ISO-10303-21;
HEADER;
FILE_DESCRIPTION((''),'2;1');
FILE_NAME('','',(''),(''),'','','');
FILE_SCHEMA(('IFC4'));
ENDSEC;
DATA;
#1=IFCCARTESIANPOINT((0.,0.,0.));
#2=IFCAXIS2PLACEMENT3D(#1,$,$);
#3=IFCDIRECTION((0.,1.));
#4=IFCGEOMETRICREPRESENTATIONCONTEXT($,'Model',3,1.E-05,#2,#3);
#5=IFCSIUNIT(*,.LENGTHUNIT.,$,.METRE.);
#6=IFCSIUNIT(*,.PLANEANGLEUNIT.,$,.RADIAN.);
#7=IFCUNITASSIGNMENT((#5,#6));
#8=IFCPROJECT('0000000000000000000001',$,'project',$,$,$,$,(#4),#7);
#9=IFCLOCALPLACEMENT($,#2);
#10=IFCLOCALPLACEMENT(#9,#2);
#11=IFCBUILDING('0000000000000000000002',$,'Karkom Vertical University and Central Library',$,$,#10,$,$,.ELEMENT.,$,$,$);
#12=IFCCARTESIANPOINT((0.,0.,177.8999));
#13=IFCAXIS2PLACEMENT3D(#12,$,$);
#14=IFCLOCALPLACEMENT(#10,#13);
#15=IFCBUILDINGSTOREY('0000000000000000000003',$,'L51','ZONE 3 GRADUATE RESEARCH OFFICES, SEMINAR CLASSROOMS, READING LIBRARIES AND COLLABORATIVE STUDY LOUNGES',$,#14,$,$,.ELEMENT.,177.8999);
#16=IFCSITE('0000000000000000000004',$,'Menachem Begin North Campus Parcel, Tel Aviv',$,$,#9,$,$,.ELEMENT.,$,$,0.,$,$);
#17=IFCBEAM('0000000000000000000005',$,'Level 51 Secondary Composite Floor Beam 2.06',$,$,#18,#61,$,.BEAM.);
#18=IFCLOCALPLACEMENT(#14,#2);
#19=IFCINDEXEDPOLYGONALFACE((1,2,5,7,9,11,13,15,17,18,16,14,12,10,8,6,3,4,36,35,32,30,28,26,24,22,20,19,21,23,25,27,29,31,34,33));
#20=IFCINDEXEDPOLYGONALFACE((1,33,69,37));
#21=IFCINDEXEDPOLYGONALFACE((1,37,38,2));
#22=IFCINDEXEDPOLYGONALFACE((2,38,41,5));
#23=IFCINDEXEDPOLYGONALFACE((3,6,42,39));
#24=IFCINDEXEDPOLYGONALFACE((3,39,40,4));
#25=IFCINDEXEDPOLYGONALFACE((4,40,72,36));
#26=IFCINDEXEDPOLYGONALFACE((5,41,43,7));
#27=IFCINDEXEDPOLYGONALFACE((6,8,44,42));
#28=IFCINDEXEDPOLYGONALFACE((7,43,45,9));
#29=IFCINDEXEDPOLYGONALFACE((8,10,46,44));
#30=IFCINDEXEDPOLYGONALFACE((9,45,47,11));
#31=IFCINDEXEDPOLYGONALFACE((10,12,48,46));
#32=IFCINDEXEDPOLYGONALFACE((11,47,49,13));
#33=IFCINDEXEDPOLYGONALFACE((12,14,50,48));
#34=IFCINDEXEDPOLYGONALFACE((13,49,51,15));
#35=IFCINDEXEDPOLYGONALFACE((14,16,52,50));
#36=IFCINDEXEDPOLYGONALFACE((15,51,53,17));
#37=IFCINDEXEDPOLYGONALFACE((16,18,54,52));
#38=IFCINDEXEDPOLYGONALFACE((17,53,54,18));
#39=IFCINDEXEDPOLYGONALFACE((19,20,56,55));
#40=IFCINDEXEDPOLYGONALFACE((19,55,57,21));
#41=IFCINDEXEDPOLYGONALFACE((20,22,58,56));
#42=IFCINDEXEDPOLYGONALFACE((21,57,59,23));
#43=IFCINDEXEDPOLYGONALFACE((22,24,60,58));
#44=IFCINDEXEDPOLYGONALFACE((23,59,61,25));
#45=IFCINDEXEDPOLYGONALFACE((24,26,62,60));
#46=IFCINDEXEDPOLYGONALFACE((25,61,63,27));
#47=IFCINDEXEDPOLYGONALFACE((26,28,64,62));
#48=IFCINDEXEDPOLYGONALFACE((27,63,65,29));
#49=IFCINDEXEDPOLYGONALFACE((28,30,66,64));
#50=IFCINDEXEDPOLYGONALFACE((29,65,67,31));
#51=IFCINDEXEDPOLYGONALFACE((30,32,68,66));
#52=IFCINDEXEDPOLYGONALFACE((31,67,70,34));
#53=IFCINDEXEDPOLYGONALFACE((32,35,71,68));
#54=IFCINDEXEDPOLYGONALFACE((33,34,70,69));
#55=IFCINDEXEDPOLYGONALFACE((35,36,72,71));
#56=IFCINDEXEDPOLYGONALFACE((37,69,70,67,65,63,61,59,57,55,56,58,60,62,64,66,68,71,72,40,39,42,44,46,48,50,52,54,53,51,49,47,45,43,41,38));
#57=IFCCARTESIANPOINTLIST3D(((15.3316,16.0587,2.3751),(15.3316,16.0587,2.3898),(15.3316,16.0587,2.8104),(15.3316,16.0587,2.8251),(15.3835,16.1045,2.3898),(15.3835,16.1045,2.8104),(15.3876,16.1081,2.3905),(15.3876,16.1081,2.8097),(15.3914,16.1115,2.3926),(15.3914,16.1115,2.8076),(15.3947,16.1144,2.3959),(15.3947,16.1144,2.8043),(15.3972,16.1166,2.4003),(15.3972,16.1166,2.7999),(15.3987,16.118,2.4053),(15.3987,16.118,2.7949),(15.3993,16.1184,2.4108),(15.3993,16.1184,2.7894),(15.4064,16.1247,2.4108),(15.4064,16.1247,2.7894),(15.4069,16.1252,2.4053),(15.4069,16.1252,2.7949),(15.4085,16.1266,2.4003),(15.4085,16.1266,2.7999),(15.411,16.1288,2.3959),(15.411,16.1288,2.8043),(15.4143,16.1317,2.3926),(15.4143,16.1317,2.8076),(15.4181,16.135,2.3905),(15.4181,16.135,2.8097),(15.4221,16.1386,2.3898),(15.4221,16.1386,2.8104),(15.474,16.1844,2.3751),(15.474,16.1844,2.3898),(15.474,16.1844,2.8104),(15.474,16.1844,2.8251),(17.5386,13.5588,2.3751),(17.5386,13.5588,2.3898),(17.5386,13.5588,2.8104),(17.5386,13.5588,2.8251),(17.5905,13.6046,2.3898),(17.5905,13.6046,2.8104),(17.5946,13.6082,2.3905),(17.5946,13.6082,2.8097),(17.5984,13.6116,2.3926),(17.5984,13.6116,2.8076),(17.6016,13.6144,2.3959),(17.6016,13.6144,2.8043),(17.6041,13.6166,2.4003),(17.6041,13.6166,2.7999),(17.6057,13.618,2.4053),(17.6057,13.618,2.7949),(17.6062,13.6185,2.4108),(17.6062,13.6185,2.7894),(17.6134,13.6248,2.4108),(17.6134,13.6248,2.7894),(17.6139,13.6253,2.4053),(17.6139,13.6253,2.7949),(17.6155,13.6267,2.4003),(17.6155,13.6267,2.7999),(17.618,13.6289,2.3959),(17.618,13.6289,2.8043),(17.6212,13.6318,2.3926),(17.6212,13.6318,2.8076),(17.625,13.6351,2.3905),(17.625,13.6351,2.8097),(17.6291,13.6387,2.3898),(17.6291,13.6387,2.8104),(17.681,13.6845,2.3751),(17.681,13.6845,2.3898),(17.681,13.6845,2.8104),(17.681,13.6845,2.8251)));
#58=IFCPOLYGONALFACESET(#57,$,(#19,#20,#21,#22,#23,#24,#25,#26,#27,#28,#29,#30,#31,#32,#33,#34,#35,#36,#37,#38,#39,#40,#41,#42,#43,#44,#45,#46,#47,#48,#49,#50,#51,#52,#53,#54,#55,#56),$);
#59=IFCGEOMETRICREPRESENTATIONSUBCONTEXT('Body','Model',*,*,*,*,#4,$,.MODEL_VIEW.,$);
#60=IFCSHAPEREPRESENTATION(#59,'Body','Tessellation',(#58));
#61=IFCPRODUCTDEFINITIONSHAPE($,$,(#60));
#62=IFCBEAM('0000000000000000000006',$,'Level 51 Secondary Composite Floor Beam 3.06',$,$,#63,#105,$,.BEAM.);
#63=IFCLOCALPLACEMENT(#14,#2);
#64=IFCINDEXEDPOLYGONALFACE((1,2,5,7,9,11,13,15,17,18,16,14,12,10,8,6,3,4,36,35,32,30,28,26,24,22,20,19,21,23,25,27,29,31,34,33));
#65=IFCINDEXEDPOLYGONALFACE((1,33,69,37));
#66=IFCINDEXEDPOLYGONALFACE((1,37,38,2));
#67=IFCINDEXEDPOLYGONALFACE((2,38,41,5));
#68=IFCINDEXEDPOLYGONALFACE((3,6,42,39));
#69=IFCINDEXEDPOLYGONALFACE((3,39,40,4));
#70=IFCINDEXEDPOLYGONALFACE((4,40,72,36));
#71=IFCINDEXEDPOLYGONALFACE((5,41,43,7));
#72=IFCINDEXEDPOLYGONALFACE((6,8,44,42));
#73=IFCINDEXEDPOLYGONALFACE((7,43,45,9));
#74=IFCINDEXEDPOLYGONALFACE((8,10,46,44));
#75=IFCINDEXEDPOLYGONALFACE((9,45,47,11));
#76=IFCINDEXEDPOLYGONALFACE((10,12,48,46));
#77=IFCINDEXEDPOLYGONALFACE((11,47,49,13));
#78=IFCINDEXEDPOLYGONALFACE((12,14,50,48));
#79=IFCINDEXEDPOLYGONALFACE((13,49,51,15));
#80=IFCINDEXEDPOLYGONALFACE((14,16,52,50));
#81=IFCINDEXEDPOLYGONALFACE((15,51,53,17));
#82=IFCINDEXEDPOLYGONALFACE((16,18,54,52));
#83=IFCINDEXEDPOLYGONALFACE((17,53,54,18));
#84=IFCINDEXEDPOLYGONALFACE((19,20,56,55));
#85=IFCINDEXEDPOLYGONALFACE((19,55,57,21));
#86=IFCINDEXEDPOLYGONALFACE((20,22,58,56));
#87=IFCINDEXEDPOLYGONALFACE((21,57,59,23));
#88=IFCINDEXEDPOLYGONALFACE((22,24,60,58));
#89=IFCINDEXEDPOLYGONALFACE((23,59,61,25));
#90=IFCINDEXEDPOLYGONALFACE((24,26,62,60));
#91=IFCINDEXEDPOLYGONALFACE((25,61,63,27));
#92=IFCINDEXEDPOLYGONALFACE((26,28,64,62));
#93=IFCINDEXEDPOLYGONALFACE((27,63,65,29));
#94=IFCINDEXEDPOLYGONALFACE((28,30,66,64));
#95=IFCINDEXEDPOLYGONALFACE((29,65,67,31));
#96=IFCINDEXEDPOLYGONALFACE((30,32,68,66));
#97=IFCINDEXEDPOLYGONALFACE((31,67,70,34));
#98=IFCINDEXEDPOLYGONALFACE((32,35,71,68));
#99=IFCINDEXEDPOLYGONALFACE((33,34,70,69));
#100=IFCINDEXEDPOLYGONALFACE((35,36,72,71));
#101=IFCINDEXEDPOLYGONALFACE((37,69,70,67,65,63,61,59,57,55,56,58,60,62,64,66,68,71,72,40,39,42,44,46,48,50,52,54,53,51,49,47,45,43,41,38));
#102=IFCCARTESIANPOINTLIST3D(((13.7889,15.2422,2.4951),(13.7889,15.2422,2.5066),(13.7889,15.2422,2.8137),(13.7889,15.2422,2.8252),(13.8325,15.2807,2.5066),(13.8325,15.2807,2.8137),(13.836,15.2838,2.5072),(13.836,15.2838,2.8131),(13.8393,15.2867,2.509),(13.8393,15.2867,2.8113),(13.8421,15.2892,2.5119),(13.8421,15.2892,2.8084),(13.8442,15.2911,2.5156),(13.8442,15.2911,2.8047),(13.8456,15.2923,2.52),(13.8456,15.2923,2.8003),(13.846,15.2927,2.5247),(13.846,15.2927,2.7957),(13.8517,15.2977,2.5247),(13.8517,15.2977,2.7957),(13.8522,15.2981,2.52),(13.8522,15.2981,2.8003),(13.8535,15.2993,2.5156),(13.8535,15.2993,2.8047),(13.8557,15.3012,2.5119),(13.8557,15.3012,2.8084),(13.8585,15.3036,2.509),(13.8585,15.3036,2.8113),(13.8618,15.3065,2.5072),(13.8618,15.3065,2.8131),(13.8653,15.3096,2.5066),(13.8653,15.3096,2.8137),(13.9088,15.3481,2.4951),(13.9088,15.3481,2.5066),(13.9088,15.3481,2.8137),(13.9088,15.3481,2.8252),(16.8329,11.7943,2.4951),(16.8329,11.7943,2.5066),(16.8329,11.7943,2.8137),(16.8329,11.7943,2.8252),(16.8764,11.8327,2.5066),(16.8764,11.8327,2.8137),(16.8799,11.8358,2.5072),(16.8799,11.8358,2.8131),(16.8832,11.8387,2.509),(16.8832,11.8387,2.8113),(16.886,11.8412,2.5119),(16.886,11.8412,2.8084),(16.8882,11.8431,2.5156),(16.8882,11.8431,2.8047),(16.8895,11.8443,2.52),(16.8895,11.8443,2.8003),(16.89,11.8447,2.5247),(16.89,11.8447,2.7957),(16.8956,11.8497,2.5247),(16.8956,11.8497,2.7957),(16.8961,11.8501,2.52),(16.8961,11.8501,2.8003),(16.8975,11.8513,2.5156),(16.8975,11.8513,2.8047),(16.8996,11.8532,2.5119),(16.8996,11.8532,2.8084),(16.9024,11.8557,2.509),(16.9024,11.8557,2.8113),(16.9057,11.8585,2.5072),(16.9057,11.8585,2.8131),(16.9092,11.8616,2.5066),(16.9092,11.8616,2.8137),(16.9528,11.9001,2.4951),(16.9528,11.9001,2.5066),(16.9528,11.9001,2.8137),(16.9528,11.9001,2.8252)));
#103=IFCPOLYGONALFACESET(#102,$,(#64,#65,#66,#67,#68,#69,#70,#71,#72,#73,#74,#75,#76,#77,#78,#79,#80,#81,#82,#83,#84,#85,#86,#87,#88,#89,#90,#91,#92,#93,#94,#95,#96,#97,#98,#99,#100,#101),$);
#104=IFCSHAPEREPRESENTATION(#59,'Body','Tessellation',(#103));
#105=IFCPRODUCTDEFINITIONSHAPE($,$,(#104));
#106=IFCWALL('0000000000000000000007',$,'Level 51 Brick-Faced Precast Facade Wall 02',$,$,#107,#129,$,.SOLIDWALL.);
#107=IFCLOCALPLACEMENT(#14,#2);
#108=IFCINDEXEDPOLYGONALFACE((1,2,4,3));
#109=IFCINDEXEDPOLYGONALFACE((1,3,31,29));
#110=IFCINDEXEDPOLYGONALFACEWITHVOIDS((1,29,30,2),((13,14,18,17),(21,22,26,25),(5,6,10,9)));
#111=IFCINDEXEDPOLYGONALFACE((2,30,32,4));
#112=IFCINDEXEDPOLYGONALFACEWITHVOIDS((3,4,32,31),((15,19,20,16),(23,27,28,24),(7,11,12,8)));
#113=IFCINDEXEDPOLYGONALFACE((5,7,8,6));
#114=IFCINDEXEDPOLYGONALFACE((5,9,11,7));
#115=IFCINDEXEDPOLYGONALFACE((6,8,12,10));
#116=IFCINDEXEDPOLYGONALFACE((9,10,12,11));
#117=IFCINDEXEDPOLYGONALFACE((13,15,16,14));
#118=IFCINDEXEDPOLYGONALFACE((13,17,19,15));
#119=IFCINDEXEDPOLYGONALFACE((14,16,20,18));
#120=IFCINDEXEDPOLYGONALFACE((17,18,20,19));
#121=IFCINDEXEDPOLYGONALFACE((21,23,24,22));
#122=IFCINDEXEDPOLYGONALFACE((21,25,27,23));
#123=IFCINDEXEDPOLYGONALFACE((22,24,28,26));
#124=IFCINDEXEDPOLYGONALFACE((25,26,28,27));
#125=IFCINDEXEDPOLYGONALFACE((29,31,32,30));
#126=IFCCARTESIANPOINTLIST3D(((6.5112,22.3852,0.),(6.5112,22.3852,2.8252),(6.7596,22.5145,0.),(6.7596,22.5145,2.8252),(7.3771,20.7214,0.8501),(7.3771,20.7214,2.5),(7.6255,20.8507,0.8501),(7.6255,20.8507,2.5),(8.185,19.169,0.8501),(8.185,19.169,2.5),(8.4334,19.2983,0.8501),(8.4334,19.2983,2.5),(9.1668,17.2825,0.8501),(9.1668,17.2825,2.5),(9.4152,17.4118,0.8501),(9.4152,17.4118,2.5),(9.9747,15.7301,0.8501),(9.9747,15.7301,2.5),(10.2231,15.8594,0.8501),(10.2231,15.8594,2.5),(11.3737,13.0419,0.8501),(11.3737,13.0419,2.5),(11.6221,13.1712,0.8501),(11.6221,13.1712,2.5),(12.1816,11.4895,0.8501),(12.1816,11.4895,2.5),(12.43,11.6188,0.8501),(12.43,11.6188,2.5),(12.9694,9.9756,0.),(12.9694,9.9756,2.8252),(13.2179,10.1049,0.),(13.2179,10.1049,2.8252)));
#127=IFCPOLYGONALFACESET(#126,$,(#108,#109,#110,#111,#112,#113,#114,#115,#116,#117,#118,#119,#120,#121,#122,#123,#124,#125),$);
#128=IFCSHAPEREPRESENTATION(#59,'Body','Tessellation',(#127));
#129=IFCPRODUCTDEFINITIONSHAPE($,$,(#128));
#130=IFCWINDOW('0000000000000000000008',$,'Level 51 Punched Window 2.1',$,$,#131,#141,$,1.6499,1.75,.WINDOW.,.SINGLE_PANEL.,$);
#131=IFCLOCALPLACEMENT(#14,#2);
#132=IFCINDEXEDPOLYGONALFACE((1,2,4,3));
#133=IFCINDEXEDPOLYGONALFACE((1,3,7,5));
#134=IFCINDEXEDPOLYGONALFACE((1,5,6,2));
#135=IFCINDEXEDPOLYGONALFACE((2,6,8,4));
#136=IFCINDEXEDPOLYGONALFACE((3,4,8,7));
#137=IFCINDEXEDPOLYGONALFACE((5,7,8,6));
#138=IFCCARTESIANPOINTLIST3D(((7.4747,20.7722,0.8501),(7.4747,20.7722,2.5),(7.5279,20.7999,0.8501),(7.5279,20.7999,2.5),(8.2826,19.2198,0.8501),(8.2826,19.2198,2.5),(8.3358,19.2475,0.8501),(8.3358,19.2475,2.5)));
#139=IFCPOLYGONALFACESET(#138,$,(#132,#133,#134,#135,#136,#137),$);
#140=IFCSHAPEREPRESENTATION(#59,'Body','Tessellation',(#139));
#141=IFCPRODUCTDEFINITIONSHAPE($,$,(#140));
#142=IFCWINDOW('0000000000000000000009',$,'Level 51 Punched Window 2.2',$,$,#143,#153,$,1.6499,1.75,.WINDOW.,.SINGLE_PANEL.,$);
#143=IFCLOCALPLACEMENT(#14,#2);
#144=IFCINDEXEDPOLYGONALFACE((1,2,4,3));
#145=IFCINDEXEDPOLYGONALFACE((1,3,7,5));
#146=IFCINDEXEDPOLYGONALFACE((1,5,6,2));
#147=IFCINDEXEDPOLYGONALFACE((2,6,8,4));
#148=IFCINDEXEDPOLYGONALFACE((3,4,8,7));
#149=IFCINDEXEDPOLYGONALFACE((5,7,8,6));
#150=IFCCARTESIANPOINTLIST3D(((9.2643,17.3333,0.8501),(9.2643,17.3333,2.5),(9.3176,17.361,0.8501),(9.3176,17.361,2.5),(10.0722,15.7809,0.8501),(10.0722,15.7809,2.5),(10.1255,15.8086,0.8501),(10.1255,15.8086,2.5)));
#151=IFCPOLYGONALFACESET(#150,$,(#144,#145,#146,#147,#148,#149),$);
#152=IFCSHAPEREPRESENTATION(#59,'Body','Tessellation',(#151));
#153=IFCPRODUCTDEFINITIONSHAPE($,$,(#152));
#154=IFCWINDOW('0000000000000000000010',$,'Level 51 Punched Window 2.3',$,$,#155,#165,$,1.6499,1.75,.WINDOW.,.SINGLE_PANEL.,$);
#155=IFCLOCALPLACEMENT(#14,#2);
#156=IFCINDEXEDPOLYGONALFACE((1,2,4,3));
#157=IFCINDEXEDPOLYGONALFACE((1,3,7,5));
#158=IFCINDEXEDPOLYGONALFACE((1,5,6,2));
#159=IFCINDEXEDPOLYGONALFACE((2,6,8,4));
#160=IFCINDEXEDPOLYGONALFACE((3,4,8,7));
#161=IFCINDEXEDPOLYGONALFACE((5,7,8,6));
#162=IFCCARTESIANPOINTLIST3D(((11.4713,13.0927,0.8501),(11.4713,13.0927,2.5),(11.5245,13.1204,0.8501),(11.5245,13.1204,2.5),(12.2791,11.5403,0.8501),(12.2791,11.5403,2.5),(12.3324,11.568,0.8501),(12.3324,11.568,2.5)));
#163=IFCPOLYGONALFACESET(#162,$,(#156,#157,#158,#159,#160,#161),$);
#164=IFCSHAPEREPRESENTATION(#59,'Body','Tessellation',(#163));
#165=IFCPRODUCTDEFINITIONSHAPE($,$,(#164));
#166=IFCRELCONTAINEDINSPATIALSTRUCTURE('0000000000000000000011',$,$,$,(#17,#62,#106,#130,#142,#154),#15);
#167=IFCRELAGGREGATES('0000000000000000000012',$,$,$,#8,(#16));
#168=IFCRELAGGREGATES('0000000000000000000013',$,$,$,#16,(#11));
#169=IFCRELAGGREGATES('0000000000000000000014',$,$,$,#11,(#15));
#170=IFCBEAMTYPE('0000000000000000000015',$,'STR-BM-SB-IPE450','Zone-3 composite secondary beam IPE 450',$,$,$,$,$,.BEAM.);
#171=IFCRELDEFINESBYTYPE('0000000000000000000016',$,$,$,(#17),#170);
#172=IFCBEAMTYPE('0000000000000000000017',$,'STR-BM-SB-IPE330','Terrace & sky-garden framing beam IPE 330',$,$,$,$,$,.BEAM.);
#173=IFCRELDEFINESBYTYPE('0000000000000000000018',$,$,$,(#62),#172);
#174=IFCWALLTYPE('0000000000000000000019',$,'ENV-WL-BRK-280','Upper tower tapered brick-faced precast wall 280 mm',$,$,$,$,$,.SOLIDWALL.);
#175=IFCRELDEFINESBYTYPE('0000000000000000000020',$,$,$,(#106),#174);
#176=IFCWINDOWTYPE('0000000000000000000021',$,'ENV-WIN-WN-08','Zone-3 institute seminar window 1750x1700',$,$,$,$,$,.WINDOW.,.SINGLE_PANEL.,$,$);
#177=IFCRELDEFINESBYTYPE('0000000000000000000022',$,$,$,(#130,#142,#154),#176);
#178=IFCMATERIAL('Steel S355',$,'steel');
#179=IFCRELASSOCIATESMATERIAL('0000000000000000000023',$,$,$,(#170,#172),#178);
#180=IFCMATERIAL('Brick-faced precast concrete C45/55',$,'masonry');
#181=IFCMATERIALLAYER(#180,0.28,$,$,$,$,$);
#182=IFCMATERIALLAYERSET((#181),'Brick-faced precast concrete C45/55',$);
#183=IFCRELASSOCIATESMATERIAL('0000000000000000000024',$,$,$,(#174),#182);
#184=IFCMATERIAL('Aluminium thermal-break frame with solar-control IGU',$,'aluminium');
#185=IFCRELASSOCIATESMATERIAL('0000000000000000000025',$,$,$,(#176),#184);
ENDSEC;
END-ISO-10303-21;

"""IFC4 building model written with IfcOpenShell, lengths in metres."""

from ifc_helpers import new_model, si_unit, direction, frame, frame_2d, origin, origin_with_axes, origin_2d, place, context, subcontext, project, spatial, rectangle, i_section, extrude, source, transform, mapped, material, layer, layer_set, material_profile, profile_set, type_object, element, fill, save


model = new_model("IFC4")

# Units and contexts
model_context = context("Model", 3, precision=1e-05, world=origin(), true_north=direction((0.0, 1.0)))
body_context = subcontext(model_context, "Body", "Model", "MODEL_VIEW")
ifc_project = project(units=[si_unit("LENGTHUNIT", "METRE"), si_unit("PLANEANGLEUNIT", "RADIAN")], contexts=[model_context])

# Site, building, storey
site_placement = place(None, origin())
site = spatial("IfcSite", under=ifc_project, at=site_placement, Name="Menachem Begin North Campus Parcel, Tel Aviv", CompositionType="ELEMENT", RefElevation=0.0)
building_placement = place(site_placement, origin())
building = spatial("IfcBuilding", under=site, at=building_placement, Name="Karkom Vertical University and Central Library", CompositionType="ELEMENT")
storey_placement = place(building_placement, frame((0.0, 0.0, 177.8999)))
storey = spatial("IfcBuildingStorey", under=building, at=storey_placement, Name="L51", Description="ZONE 3 GRADUATE RESEARCH OFFICES, SEMINAR CLASSROOMS, READING LIBRARIES AND COLLABORATIVE STUDY LOUNGES", CompositionType="ELEMENT", Elevation=177.8999)

# Beams
ifc_material_1 = material(Name="Steel S355", Category="steel")
ifc_material_profile_1 = material_profile(ifc_material_1, i_section(OverallWidth=0.1899, OverallDepth=0.45, WebThickness=0.0095, FlangeThickness=0.0146, FilletRadius=0.021, at=origin_2d()), Name="IPE 450")
ifc_profile_set_1 = profile_set([ifc_material_profile_1], Name="Steel S355")
beam_type_1 = type_object("IfcBeamType", Name="STR-BM-SB-IPE450", Description="Zone-3 composite secondary beam IPE 450", PredefinedType="BEAM", material=ifc_profile_set_1)
shared_shape_1 = source(origin_with_axes(), body_context, "Body", "SweptSolid", [
    extrude(i_section(OverallWidth=0.1899, OverallDepth=0.45, WebThickness=0.0095, FlangeThickness=0.0146, FilletRadius=0.021, at=origin_2d()), origin(), (0.0, 0.0, 1.0), 3.3347),
])
beam_1_placement = place(storey_placement, frame((15.4028, 16.1216, 2.6001), z_axis=(0.661815, -0.749667, 0.0), x_axis=(0.749667, 0.661815, 0.0)))
element("IfcBeam", 1, at=beam_1_placement, inside=storey, type_object=beam_type_1, Name="Level 51 Secondary Composite Floor Beam 2.06", PredefinedType="BEAM", context=body_context, shape_type="MappedRepresentation", body=[
    mapped(shared_shape_1, transform((0.0, 0.0, 0.0), scale=1.0)),
])
ifc_material_profile_2 = material_profile(ifc_material_1, i_section(OverallWidth=0.1599, OverallDepth=0.3301, WebThickness=0.0076, FlangeThickness=0.0115, FilletRadius=0.0181, at=origin_2d()), Name="IPE 330")
ifc_profile_set_2 = profile_set([ifc_material_profile_2], Name="Steel S355")
beam_type_2 = type_object("IfcBeamType", Name="STR-BM-SB-IPE330", Description="Terrace & sky-garden framing beam IPE 330", PredefinedType="BEAM", material=ifc_profile_set_2)
shared_shape_2 = source(origin_with_axes(), body_context, "Body", "SweptSolid", [
    extrude(i_section(OverallWidth=0.1599, OverallDepth=0.3301, WebThickness=0.0076, FlangeThickness=0.0115, FilletRadius=0.0181, at=origin_2d()), origin(), (0.0, 0.0, 1.0), 4.5994),
])
beam_2_placement = place(storey_placement, frame((13.8489, 15.2952, 2.6602), z_axis=(0.661816, -0.749666, 0.0), x_axis=(0.749666, 0.661816, 0.0)))
element("IfcBeam", 2, at=beam_2_placement, inside=storey, type_object=beam_type_2, Name="Level 51 Secondary Composite Floor Beam 3.06", PredefinedType="BEAM", context=body_context, shape_type="MappedRepresentation", body=[
    mapped(shared_shape_2, transform((0.0, 0.0, 0.0), scale=1.0)),
])

# Wall, openings, windows
ifc_material_2 = material(Name="Brick-faced precast concrete C45/55", Category="masonry")
ifc_layer_1 = layer(ifc_material_2, 0.28)
ifc_layer_set_1 = layer_set([ifc_layer_1], Name="Brick-faced precast concrete C45/55")
wall_type_1 = type_object("IfcWallType", Name="ENV-WL-BRK-280", Description="Upper tower tapered brick-faced precast wall 280 mm", PredefinedType="SOLIDWALL", material=ifc_layer_set_1)
wall_1_placement = place(storey_placement, frame((6.6355, 22.4497, 0.0), z_axis=(0.0, 0.0, 1.0), x_axis=(0.461647, -0.887064, 0.0)))
wall_1 = element("IfcWall", 3, at=wall_1_placement, inside=storey, type_object=wall_type_1, Name="Level 51 Brick-Faced Precast Facade Wall 02", PredefinedType="SOLIDWALL", context=body_context, shape_type="SweptSolid", body=[
    extrude(rectangle(XDim=13.9895, YDim=0.28, at=frame_2d((6.9946, 0.0))), origin(), (0.0, 0.0, 1.0), 2.8252),
])
opening_1_placement = place(wall_1_placement, frame((1.8755, 0.0, 0.8501)))
opening_1 = element("IfcOpeningElement", 4, at=opening_1_placement, cuts=wall_1, PredefinedType="OPENING", context=body_context, shape_type="SweptSolid", body=[
    extrude(rectangle(XDim=1.75, YDim=1.6499, at=frame_2d((0.875, 0.825))), frame((0.0, 0.1499, 0.0), z_axis=(0.0, -1.0, 0.0), x_axis=(1.0, 0.0, 0.0)), (0.0, 0.0, 1.0), 0.3),
])
opening_2_placement = place(wall_1_placement, frame((5.7522, 0.0, 0.8501)))
opening_2 = element("IfcOpeningElement", 5, at=opening_2_placement, cuts=wall_1, PredefinedType="OPENING", context=body_context, shape_type="SweptSolid", body=[
    extrude(rectangle(XDim=1.75, YDim=1.6499, at=frame_2d((0.875, 0.825))), frame((0.0, 0.1499, 0.0), z_axis=(0.0, -1.0, 0.0), x_axis=(1.0, 0.0, 0.0)), (0.0, 0.0, 1.0), 0.3),
])
opening_3_placement = place(wall_1_placement, frame((10.5327, 0.0, 0.8501)))
opening_3 = element("IfcOpeningElement", 6, at=opening_3_placement, cuts=wall_1, PredefinedType="OPENING", context=body_context, shape_type="SweptSolid", body=[
    extrude(rectangle(XDim=1.75, YDim=1.6499, at=frame_2d((0.875, 0.825))), frame((0.0, 0.1499, 0.0), z_axis=(0.0, -1.0, 0.0), x_axis=(1.0, 0.0, 0.0)), (0.0, 0.0, 1.0), 0.3),
])
ifc_material_3 = material(Name="Aluminium thermal-break frame with solar-control IGU", Category="aluminium")
window_type = type_object("IfcWindowType", Name="ENV-WIN-WN-08", Description="Zone-3 institute seminar window 1750x1700", PartitioningType="SINGLE_PANEL", PredefinedType="WINDOW", material=ifc_material_3)
shared_shape_3 = source(origin_with_axes(), body_context, "Body", "SweptSolid", [
    extrude(rectangle(XDim=1.75, YDim=1.6499, at=frame_2d((0.875, 0.825))), frame((0.0, 0.03, 0.0), z_axis=(0.0, -1.0, 0.0), x_axis=(1.0, 0.0, 0.0)), (0.0, 0.0, 1.0), 0.0601),
])
window_1_placement = place(opening_1_placement, origin())
window_1 = element("IfcWindow", 7, at=window_1_placement, inside=storey, type_object=window_type, Name="Level 51 Punched Window 2.1", OverallHeight=1.6499, OverallWidth=1.75, PartitioningType="SINGLE_PANEL", PredefinedType="WINDOW", context=body_context, shape_type="MappedRepresentation", body=[
    mapped(shared_shape_3, transform((0.0, 0.0, 0.0), scale=1.0)),
])
fill(opening_1, window_1)
window_2_placement = place(opening_2_placement, origin())
window_2 = element("IfcWindow", 8, at=window_2_placement, inside=storey, type_object=window_type, Name="Level 51 Punched Window 2.2", OverallHeight=1.6499, OverallWidth=1.75, PartitioningType="SINGLE_PANEL", PredefinedType="WINDOW", context=body_context, shape_type="MappedRepresentation", body=[
    mapped(shared_shape_3, transform((0.0, 0.0, 0.0), scale=1.0)),
])
fill(opening_2, window_2)
window_3_placement = place(opening_3_placement, origin())
window_3 = element("IfcWindow", 9, at=window_3_placement, inside=storey, type_object=window_type, Name="Level 51 Punched Window 2.3", OverallHeight=1.6499, OverallWidth=1.75, PartitioningType="SINGLE_PANEL", PredefinedType="WINDOW", context=body_context, shape_type="MappedRepresentation", body=[
    mapped(shared_shape_3, transform((0.0, 0.0, 0.0), scale=1.0)),
])
fill(opening_3, window_3)

save(model, "model.ifc")
